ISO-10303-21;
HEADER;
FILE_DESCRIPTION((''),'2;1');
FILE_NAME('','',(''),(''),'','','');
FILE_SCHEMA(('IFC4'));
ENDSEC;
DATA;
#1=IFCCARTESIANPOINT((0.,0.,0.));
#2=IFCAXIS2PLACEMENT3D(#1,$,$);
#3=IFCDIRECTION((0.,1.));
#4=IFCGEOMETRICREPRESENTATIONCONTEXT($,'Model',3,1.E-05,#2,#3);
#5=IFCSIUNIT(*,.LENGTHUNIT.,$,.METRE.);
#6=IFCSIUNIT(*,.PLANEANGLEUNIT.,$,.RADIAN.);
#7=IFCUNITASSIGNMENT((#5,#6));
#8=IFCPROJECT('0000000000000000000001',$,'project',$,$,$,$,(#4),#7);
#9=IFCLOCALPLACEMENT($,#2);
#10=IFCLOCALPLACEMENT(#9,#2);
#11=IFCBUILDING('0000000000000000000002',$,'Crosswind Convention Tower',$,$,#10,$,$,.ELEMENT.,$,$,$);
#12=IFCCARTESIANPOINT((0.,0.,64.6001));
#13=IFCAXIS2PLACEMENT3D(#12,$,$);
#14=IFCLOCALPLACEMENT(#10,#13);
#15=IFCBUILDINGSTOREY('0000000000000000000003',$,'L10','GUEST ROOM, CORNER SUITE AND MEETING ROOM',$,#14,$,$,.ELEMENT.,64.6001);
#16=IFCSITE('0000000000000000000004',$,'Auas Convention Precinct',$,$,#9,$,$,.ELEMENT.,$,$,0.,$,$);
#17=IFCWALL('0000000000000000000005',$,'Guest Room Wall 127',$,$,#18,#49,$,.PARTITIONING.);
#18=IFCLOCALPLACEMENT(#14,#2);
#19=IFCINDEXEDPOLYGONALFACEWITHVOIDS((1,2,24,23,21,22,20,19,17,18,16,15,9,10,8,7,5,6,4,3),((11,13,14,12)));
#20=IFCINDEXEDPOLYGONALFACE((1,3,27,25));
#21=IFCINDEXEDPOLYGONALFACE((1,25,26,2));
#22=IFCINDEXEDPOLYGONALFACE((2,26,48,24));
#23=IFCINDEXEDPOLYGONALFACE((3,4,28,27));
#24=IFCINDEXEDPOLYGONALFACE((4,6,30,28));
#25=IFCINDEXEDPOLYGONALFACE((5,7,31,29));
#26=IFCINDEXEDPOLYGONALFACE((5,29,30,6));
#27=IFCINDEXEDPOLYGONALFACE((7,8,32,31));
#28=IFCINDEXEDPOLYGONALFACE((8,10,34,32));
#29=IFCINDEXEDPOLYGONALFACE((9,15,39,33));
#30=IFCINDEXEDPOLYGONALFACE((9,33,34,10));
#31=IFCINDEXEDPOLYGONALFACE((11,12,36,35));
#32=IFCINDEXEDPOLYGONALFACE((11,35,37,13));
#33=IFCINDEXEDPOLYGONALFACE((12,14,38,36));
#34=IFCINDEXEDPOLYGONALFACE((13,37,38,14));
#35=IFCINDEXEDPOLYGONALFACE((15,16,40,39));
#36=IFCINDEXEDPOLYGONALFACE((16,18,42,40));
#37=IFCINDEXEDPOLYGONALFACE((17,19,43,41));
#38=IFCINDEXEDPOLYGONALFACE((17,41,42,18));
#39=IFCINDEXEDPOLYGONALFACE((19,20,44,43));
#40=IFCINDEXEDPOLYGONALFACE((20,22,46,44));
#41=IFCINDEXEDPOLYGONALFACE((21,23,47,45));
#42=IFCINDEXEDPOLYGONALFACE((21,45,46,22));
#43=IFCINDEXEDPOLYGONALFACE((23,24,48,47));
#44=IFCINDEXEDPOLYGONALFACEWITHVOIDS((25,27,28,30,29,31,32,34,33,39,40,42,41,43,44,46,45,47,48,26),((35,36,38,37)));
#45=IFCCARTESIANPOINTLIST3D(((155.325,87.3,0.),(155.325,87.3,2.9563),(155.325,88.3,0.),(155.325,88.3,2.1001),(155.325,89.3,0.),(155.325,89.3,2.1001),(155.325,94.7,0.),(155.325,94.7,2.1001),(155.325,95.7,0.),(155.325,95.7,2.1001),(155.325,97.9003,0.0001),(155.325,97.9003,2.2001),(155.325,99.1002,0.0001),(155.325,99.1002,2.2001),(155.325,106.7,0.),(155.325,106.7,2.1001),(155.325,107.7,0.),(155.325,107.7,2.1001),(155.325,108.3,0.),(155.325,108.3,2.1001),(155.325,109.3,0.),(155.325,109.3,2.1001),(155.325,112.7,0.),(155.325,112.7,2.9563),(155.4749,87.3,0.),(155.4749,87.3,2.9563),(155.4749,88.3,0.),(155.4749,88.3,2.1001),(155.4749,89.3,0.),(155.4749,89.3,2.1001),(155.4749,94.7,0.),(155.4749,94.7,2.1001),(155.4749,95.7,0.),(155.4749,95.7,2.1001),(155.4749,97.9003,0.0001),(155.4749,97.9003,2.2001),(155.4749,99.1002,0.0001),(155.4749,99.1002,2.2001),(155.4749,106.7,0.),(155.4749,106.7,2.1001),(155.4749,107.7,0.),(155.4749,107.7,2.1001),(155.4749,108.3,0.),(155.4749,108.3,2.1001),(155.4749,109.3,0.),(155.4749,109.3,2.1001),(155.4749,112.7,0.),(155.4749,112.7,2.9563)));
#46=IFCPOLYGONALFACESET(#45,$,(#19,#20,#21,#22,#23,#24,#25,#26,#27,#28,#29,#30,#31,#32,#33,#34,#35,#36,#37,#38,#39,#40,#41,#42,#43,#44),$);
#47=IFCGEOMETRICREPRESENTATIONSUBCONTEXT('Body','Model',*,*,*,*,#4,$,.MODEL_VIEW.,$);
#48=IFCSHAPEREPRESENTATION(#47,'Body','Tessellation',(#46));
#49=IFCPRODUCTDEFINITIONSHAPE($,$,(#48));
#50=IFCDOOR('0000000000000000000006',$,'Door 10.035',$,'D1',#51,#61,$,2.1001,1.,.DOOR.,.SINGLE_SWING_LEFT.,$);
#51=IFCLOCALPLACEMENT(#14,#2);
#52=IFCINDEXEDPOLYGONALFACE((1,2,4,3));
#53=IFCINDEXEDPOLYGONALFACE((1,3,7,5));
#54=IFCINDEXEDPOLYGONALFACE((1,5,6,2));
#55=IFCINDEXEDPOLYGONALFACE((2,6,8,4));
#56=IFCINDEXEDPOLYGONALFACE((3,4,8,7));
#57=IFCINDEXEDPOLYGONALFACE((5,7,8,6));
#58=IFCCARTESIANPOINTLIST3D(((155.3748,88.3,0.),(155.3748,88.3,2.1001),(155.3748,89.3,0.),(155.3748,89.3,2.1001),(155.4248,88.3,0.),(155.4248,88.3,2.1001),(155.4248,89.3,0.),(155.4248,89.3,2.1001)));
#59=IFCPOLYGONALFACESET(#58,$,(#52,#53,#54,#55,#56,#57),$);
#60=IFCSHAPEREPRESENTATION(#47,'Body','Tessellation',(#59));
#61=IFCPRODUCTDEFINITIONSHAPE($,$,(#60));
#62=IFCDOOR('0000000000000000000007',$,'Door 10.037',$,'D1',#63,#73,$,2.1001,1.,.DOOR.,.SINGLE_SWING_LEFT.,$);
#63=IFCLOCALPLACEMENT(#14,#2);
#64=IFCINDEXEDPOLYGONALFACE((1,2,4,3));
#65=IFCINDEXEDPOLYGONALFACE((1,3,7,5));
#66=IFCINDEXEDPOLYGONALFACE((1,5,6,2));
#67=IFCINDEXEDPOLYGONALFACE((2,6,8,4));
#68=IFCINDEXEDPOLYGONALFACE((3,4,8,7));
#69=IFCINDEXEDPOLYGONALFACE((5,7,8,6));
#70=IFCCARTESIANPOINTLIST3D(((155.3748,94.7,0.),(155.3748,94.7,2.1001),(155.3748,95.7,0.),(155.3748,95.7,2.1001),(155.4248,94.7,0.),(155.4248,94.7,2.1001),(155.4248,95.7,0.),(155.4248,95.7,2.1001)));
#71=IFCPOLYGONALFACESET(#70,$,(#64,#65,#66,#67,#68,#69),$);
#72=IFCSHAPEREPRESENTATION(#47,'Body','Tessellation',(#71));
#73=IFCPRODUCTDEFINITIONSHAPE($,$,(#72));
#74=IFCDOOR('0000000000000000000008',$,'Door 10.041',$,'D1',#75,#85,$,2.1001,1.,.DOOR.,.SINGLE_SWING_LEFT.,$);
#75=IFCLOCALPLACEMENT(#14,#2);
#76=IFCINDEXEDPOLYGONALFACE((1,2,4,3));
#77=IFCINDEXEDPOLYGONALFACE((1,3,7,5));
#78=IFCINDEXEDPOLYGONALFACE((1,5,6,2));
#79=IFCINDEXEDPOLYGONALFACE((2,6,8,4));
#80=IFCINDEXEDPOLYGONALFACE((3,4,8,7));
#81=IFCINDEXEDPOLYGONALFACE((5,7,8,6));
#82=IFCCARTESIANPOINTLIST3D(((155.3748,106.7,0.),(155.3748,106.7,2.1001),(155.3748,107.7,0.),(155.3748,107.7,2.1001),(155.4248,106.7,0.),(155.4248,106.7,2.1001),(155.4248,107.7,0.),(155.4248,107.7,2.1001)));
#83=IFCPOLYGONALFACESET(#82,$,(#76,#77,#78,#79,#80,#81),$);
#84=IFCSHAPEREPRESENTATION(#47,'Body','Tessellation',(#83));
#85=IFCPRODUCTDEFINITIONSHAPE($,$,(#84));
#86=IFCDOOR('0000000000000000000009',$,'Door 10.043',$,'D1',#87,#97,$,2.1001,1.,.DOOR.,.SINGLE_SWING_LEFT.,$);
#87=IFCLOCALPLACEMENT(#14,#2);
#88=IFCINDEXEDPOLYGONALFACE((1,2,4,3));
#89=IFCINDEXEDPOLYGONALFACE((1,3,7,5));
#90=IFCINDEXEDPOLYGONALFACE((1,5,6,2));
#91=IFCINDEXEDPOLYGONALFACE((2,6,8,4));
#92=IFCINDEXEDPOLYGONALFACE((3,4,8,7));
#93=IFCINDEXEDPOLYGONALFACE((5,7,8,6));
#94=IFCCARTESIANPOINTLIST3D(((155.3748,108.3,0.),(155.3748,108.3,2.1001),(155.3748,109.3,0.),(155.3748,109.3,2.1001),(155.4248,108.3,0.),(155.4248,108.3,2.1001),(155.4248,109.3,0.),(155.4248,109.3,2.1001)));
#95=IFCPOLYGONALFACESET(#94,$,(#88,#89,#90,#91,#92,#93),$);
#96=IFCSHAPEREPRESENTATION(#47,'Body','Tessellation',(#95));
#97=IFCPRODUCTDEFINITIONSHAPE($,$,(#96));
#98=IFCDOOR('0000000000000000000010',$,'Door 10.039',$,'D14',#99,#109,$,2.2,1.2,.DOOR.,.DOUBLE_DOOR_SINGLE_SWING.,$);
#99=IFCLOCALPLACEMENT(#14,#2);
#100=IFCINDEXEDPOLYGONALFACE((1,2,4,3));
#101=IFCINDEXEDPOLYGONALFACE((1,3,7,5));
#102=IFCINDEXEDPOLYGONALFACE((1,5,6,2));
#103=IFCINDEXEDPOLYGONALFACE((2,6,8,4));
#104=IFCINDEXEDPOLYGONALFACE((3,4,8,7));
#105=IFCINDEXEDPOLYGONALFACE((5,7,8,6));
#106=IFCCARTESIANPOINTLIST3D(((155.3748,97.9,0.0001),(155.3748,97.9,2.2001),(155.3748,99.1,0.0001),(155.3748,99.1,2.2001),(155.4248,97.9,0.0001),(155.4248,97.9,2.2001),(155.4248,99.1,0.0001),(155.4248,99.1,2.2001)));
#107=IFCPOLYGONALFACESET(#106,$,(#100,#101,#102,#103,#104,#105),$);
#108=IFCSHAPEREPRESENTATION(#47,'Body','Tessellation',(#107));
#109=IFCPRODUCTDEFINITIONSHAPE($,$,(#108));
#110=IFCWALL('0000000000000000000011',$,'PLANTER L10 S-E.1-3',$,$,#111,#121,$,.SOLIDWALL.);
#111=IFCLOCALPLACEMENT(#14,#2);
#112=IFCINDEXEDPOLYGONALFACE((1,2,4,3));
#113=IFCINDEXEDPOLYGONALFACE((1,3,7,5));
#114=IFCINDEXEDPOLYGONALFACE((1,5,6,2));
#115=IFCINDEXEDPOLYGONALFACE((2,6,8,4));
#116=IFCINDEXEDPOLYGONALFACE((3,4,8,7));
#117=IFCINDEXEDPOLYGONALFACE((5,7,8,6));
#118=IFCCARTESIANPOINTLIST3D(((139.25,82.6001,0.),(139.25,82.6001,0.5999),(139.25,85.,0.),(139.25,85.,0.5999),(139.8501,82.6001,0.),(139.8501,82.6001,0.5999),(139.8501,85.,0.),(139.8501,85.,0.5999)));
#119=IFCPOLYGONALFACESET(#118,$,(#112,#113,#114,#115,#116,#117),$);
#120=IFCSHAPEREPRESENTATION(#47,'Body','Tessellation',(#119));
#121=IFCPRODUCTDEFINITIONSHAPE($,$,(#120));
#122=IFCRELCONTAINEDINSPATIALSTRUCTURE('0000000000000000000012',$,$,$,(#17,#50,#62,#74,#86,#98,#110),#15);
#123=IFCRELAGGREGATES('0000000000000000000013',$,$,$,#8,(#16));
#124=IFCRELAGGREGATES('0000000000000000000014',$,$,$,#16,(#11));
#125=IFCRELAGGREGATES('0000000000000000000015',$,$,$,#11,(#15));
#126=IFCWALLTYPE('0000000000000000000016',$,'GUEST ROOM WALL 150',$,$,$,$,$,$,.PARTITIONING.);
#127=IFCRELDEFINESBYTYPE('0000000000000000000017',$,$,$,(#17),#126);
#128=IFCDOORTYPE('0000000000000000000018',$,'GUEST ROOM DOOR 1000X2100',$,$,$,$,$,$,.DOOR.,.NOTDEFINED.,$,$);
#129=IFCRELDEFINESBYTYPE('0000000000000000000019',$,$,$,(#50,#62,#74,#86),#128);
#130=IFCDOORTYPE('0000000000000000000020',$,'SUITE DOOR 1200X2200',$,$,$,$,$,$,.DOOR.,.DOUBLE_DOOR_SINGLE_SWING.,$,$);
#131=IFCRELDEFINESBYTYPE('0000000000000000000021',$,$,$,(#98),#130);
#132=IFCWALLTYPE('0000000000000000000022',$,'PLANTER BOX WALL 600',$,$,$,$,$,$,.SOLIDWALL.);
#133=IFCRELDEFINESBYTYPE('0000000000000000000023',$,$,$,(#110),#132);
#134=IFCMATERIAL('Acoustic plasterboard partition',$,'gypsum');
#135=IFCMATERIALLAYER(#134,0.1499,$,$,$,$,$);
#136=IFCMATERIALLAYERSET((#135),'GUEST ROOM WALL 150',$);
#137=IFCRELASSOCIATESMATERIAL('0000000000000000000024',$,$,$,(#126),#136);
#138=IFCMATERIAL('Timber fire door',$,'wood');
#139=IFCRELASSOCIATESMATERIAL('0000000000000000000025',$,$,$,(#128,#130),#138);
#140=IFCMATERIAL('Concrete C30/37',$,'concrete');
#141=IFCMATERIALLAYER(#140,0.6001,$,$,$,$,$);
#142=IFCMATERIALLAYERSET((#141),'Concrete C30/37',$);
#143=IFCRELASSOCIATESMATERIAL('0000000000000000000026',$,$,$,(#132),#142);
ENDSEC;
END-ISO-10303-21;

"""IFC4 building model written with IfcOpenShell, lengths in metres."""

from ifc_helpers import new_model, si_unit, direction, frame, frame_2d, origin, place, context, subcontext, project, spatial, rectangle, extrude, material, layer, layer_set, type_object, element, fill, save


model = new_model("IFC4")

# Units and contexts
model_context = context("Model", 3, precision=1e-05, world=origin(), true_north=direction((0.0, 1.0)))
body_context = subcontext(model_context, "Body", "Model", "MODEL_VIEW")
ifc_project = project(units=[si_unit("LENGTHUNIT", "METRE"), si_unit("PLANEANGLEUNIT", "RADIAN")], contexts=[model_context])

# Site, building, storey
site_placement = place(None, origin())
site = spatial("IfcSite", under=ifc_project, at=site_placement, Name="Auas Convention Precinct", CompositionType="ELEMENT", RefElevation=0.0)
building_placement = place(site_placement, origin())
building = spatial("IfcBuilding", under=site, at=building_placement, Name="Crosswind Convention Tower", CompositionType="ELEMENT")
storey_placement = place(building_placement, frame((0.0, 0.0, 64.6001)))
storey = spatial("IfcBuildingStorey", under=building, at=storey_placement, Name="L10", Description="GUEST ROOM, CORNER SUITE AND MEETING ROOM", CompositionType="ELEMENT", Elevation=64.6001)

# Wall, openings, doors
ifc_material_1 = material(Name="Acoustic plasterboard partition", Category="gypsum")
ifc_layer_1 = layer(ifc_material_1, 0.1499)
ifc_layer_set_1 = layer_set([ifc_layer_1], Name="GUEST ROOM WALL 150")
wall_type_1 = type_object("IfcWallType", Name="GUEST ROOM WALL 150", PredefinedType="PARTITIONING", material=ifc_layer_set_1)
wall_1_placement = place(storey_placement, frame((155.3999, 87.3, 0.0), z_axis=(0.0, 0.0, 1.0), x_axis=(0.0, 1.0, 0.0)))
wall_1 = element("IfcWall", 1, at=wall_1_placement, inside=storey, type_object=wall_type_1, Name="Guest Room Wall 127", PredefinedType="PARTITIONING", context=body_context, shape_type="SweptSolid", body=[
    extrude(rectangle(XDim=25.3999, YDim=0.1499, at=frame_2d((12.7, 0.0))), origin(), (0.0, 0.0, 1.0), 2.9563),
])
opening_1_placement = place(wall_1_placement, frame((1.0, 0.0, 0.0)))
opening_1 = element("IfcOpeningElement", 2, at=opening_1_placement, cuts=wall_1, PredefinedType="OPENING", context=body_context, shape_type="SweptSolid", body=[
    extrude(rectangle(XDim=1.0, YDim=2.1001, at=frame_2d((0.5, 1.05))), frame((0.0, 0.085, 0.0), z_axis=(0.0, -1.0, 0.0), x_axis=(1.0, 0.0, 0.0)), (0.0, 0.0, 1.0), 0.1699),
])
opening_2_placement = place(wall_1_placement, frame((7.3999, 0.0, 0.0)))
opening_2 = element("IfcOpeningElement", 3, at=opening_2_placement, cuts=wall_1, PredefinedType="OPENING", context=body_context, shape_type="SweptSolid", body=[
    extrude(rectangle(XDim=1.0, YDim=2.1001, at=frame_2d((0.5, 1.05))), frame((0.0, 0.085, 0.0), z_axis=(0.0, -1.0, 0.0), x_axis=(1.0, 0.0, 0.0)), (0.0, 0.0, 1.0), 0.1699),
])
opening_3_placement = place(wall_1_placement, frame((10.6001, 0.0, 0.0)))
opening_3 = element("IfcOpeningElement", 4, at=opening_3_placement, cuts=wall_1, PredefinedType="OPENING", context=body_context, shape_type="SweptSolid", body=[
    extrude(rectangle(XDim=1.2, YDim=2.2, at=frame_2d((0.6001, 1.1001))), frame((0.0, 0.085, 0.0), z_axis=(0.0, -1.0, 0.0), x_axis=(1.0, 0.0, 0.0)), (0.0, 0.0, 1.0), 0.1699),
])
opening_4_placement = place(wall_1_placement, frame((19.3999, 0.0, 0.0)))
opening_4 = element("IfcOpeningElement", 5, at=opening_4_placement, cuts=wall_1, PredefinedType="OPENING", context=body_context, shape_type="SweptSolid", body=[
    extrude(rectangle(XDim=1.0, YDim=2.1001, at=frame_2d((0.5, 1.05))), frame((0.0, 0.085, 0.0), z_axis=(0.0, -1.0, 0.0), x_axis=(1.0, 0.0, 0.0)), (0.0, 0.0, 1.0), 0.1699),
])
opening_5_placement = place(wall_1_placement, frame((21.0, 0.0, 0.0)))
opening_5 = element("IfcOpeningElement", 6, at=opening_5_placement, cuts=wall_1, PredefinedType="OPENING", context=body_context, shape_type="SweptSolid", body=[
    extrude(rectangle(XDim=1.0, YDim=2.1001, at=frame_2d((0.5, 1.05))), frame((0.0, 0.085, 0.0), z_axis=(0.0, -1.0, 0.0), x_axis=(1.0, 0.0, 0.0)), (0.0, 0.0, 1.0), 0.1699),
])
ifc_material_2 = material(Name="Timber fire door", Category="wood")
door_type_1 = type_object("IfcDoorType", Name="GUEST ROOM DOOR 1000X2100", OperationType="NOTDEFINED", PredefinedType="DOOR", material=ifc_material_2)
door_1_placement = place(opening_1_placement, frame((1.0, 0.0, 0.0), z_axis=(0.0, 0.0, 1.0), x_axis=(-1.0, 0.0, 0.0)))
door_1 = element("IfcDoor", 7, at=door_1_placement, inside=storey, type_object=door_type_1, Name="Door 10.035", ObjectType="D1", OperationType="SINGLE_SWING_LEFT", OverallHeight=2.1001, OverallWidth=1.0, PredefinedType="DOOR", context=body_context, shape_type="SweptSolid", body=[
    extrude(rectangle(XDim=1.0, YDim=2.1001, at=frame_2d((0.5, 1.05))), frame((0.0, 0.0249, 0.0), z_axis=(0.0, -1.0, 0.0), x_axis=(1.0, 0.0, 0.0)), (0.0, 0.0, 1.0), 0.05),
])
fill(opening_1, door_1)
door_2_placement = place(opening_2_placement, frame((1.0, 0.0, 0.0), z_axis=(0.0, 0.0, 1.0), x_axis=(-1.0, 0.0, 0.0)))
door_2 = element("IfcDoor", 8, at=door_2_placement, inside=storey, type_object=door_type_1, Name="Door 10.037", ObjectType="D1", OperationType="SINGLE_SWING_LEFT", OverallHeight=2.1001, OverallWidth=1.0, PredefinedType="DOOR", context=body_context, shape_type="SweptSolid", body=[
    extrude(rectangle(XDim=1.0, YDim=2.1001, at=frame_2d((0.5, 1.05))), frame((0.0, 0.0249, 0.0), z_axis=(0.0, -1.0, 0.0), x_axis=(1.0, 0.0, 0.0)), (0.0, 0.0, 1.0), 0.05),
])
fill(opening_2, door_2)
door_3_placement = place(opening_4_placement, frame((1.0, 0.0, 0.0), z_axis=(0.0, 0.0, 1.0), x_axis=(-1.0, 0.0, 0.0)))
door_3 = element("IfcDoor", 9, at=door_3_placement, inside=storey, type_object=door_type_1, Name="Door 10.041", ObjectType="D1", OperationType="SINGLE_SWING_LEFT", OverallHeight=2.1001, OverallWidth=1.0, PredefinedType="DOOR", context=body_context, shape_type="SweptSolid", body=[
    extrude(rectangle(XDim=1.0, YDim=2.1001, at=frame_2d((0.5, 1.05))), frame((0.0, 0.0249, 0.0), z_axis=(0.0, -1.0, 0.0), x_axis=(1.0, 0.0, 0.0)), (0.0, 0.0, 1.0), 0.05),
])
fill(opening_4, door_3)
door_4_placement = place(opening_5_placement, frame((1.0, 0.0, 0.0), z_axis=(0.0, 0.0, 1.0), x_axis=(-1.0, 0.0, 0.0)))
door_4 = element("IfcDoor", 10, at=door_4_placement, inside=storey, type_object=door_type_1, Name="Door 10.043", ObjectType="D1", OperationType="SINGLE_SWING_LEFT", OverallHeight=2.1001, OverallWidth=1.0, PredefinedType="DOOR", context=body_context, shape_type="SweptSolid", body=[
    extrude(rectangle(XDim=1.0, YDim=2.1001, at=frame_2d((0.5, 1.05))), frame((0.0, 0.0249, 0.0), z_axis=(0.0, -1.0, 0.0), x_axis=(1.0, 0.0, 0.0)), (0.0, 0.0, 1.0), 0.05),
])
fill(opening_5, door_4)
door_type_2 = type_object("IfcDoorType", Name="SUITE DOOR 1200X2200", OperationType="DOUBLE_DOOR_SINGLE_SWING", PredefinedType="DOOR", material=ifc_material_2)
door_5_placement = place(opening_3_placement, frame((1.2, 0.0, 0.0), z_axis=(0.0, 0.0, 1.0), x_axis=(-1.0, 0.0, 0.0)))
door_5 = element("IfcDoor", 11, at=door_5_placement, inside=storey, type_object=door_type_2, Name="Door 10.039", ObjectType="D14", OperationType="DOUBLE_DOOR_SINGLE_SWING", OverallHeight=2.2, OverallWidth=1.2, PredefinedType="DOOR", context=body_context, shape_type="SweptSolid", body=[
    extrude(rectangle(XDim=1.2, YDim=2.2, at=frame_2d((0.6001, 1.1001))), frame((0.0, 0.0249, 0.0), z_axis=(0.0, -1.0, 0.0), x_axis=(1.0, 0.0, 0.0)), (0.0, 0.0, 1.0), 0.05),
])
fill(opening_3, door_5)

# Wall
ifc_material_3 = material(Name="Concrete C30/37", Category="concrete")
ifc_layer_2 = layer(ifc_material_3, 0.6001)
ifc_layer_set_2 = layer_set([ifc_layer_2], Name="Concrete C30/37")
wall_type_2 = type_object("IfcWallType", Name="PLANTER BOX WALL 600", PredefinedType="SOLIDWALL", material=ifc_layer_set_2)
wall_2_placement = place(storey_placement, frame((139.55, 82.6001, 0.0), z_axis=(0.0, 0.0, 1.0), x_axis=(0.0, 1.0, 0.0)))
element("IfcWall", 12, at=wall_2_placement, inside=storey, type_object=wall_type_2, Name="PLANTER L10 S-E.1-3", PredefinedType="SOLIDWALL", context=body_context, shape_type="SweptSolid", body=[
    extrude(rectangle(XDim=2.3999, YDim=0.6001, at=frame_2d((1.2, 0.0))), origin(), (0.0, 0.0, 1.0), 0.5999),
])

save(model, "model.ifc")
